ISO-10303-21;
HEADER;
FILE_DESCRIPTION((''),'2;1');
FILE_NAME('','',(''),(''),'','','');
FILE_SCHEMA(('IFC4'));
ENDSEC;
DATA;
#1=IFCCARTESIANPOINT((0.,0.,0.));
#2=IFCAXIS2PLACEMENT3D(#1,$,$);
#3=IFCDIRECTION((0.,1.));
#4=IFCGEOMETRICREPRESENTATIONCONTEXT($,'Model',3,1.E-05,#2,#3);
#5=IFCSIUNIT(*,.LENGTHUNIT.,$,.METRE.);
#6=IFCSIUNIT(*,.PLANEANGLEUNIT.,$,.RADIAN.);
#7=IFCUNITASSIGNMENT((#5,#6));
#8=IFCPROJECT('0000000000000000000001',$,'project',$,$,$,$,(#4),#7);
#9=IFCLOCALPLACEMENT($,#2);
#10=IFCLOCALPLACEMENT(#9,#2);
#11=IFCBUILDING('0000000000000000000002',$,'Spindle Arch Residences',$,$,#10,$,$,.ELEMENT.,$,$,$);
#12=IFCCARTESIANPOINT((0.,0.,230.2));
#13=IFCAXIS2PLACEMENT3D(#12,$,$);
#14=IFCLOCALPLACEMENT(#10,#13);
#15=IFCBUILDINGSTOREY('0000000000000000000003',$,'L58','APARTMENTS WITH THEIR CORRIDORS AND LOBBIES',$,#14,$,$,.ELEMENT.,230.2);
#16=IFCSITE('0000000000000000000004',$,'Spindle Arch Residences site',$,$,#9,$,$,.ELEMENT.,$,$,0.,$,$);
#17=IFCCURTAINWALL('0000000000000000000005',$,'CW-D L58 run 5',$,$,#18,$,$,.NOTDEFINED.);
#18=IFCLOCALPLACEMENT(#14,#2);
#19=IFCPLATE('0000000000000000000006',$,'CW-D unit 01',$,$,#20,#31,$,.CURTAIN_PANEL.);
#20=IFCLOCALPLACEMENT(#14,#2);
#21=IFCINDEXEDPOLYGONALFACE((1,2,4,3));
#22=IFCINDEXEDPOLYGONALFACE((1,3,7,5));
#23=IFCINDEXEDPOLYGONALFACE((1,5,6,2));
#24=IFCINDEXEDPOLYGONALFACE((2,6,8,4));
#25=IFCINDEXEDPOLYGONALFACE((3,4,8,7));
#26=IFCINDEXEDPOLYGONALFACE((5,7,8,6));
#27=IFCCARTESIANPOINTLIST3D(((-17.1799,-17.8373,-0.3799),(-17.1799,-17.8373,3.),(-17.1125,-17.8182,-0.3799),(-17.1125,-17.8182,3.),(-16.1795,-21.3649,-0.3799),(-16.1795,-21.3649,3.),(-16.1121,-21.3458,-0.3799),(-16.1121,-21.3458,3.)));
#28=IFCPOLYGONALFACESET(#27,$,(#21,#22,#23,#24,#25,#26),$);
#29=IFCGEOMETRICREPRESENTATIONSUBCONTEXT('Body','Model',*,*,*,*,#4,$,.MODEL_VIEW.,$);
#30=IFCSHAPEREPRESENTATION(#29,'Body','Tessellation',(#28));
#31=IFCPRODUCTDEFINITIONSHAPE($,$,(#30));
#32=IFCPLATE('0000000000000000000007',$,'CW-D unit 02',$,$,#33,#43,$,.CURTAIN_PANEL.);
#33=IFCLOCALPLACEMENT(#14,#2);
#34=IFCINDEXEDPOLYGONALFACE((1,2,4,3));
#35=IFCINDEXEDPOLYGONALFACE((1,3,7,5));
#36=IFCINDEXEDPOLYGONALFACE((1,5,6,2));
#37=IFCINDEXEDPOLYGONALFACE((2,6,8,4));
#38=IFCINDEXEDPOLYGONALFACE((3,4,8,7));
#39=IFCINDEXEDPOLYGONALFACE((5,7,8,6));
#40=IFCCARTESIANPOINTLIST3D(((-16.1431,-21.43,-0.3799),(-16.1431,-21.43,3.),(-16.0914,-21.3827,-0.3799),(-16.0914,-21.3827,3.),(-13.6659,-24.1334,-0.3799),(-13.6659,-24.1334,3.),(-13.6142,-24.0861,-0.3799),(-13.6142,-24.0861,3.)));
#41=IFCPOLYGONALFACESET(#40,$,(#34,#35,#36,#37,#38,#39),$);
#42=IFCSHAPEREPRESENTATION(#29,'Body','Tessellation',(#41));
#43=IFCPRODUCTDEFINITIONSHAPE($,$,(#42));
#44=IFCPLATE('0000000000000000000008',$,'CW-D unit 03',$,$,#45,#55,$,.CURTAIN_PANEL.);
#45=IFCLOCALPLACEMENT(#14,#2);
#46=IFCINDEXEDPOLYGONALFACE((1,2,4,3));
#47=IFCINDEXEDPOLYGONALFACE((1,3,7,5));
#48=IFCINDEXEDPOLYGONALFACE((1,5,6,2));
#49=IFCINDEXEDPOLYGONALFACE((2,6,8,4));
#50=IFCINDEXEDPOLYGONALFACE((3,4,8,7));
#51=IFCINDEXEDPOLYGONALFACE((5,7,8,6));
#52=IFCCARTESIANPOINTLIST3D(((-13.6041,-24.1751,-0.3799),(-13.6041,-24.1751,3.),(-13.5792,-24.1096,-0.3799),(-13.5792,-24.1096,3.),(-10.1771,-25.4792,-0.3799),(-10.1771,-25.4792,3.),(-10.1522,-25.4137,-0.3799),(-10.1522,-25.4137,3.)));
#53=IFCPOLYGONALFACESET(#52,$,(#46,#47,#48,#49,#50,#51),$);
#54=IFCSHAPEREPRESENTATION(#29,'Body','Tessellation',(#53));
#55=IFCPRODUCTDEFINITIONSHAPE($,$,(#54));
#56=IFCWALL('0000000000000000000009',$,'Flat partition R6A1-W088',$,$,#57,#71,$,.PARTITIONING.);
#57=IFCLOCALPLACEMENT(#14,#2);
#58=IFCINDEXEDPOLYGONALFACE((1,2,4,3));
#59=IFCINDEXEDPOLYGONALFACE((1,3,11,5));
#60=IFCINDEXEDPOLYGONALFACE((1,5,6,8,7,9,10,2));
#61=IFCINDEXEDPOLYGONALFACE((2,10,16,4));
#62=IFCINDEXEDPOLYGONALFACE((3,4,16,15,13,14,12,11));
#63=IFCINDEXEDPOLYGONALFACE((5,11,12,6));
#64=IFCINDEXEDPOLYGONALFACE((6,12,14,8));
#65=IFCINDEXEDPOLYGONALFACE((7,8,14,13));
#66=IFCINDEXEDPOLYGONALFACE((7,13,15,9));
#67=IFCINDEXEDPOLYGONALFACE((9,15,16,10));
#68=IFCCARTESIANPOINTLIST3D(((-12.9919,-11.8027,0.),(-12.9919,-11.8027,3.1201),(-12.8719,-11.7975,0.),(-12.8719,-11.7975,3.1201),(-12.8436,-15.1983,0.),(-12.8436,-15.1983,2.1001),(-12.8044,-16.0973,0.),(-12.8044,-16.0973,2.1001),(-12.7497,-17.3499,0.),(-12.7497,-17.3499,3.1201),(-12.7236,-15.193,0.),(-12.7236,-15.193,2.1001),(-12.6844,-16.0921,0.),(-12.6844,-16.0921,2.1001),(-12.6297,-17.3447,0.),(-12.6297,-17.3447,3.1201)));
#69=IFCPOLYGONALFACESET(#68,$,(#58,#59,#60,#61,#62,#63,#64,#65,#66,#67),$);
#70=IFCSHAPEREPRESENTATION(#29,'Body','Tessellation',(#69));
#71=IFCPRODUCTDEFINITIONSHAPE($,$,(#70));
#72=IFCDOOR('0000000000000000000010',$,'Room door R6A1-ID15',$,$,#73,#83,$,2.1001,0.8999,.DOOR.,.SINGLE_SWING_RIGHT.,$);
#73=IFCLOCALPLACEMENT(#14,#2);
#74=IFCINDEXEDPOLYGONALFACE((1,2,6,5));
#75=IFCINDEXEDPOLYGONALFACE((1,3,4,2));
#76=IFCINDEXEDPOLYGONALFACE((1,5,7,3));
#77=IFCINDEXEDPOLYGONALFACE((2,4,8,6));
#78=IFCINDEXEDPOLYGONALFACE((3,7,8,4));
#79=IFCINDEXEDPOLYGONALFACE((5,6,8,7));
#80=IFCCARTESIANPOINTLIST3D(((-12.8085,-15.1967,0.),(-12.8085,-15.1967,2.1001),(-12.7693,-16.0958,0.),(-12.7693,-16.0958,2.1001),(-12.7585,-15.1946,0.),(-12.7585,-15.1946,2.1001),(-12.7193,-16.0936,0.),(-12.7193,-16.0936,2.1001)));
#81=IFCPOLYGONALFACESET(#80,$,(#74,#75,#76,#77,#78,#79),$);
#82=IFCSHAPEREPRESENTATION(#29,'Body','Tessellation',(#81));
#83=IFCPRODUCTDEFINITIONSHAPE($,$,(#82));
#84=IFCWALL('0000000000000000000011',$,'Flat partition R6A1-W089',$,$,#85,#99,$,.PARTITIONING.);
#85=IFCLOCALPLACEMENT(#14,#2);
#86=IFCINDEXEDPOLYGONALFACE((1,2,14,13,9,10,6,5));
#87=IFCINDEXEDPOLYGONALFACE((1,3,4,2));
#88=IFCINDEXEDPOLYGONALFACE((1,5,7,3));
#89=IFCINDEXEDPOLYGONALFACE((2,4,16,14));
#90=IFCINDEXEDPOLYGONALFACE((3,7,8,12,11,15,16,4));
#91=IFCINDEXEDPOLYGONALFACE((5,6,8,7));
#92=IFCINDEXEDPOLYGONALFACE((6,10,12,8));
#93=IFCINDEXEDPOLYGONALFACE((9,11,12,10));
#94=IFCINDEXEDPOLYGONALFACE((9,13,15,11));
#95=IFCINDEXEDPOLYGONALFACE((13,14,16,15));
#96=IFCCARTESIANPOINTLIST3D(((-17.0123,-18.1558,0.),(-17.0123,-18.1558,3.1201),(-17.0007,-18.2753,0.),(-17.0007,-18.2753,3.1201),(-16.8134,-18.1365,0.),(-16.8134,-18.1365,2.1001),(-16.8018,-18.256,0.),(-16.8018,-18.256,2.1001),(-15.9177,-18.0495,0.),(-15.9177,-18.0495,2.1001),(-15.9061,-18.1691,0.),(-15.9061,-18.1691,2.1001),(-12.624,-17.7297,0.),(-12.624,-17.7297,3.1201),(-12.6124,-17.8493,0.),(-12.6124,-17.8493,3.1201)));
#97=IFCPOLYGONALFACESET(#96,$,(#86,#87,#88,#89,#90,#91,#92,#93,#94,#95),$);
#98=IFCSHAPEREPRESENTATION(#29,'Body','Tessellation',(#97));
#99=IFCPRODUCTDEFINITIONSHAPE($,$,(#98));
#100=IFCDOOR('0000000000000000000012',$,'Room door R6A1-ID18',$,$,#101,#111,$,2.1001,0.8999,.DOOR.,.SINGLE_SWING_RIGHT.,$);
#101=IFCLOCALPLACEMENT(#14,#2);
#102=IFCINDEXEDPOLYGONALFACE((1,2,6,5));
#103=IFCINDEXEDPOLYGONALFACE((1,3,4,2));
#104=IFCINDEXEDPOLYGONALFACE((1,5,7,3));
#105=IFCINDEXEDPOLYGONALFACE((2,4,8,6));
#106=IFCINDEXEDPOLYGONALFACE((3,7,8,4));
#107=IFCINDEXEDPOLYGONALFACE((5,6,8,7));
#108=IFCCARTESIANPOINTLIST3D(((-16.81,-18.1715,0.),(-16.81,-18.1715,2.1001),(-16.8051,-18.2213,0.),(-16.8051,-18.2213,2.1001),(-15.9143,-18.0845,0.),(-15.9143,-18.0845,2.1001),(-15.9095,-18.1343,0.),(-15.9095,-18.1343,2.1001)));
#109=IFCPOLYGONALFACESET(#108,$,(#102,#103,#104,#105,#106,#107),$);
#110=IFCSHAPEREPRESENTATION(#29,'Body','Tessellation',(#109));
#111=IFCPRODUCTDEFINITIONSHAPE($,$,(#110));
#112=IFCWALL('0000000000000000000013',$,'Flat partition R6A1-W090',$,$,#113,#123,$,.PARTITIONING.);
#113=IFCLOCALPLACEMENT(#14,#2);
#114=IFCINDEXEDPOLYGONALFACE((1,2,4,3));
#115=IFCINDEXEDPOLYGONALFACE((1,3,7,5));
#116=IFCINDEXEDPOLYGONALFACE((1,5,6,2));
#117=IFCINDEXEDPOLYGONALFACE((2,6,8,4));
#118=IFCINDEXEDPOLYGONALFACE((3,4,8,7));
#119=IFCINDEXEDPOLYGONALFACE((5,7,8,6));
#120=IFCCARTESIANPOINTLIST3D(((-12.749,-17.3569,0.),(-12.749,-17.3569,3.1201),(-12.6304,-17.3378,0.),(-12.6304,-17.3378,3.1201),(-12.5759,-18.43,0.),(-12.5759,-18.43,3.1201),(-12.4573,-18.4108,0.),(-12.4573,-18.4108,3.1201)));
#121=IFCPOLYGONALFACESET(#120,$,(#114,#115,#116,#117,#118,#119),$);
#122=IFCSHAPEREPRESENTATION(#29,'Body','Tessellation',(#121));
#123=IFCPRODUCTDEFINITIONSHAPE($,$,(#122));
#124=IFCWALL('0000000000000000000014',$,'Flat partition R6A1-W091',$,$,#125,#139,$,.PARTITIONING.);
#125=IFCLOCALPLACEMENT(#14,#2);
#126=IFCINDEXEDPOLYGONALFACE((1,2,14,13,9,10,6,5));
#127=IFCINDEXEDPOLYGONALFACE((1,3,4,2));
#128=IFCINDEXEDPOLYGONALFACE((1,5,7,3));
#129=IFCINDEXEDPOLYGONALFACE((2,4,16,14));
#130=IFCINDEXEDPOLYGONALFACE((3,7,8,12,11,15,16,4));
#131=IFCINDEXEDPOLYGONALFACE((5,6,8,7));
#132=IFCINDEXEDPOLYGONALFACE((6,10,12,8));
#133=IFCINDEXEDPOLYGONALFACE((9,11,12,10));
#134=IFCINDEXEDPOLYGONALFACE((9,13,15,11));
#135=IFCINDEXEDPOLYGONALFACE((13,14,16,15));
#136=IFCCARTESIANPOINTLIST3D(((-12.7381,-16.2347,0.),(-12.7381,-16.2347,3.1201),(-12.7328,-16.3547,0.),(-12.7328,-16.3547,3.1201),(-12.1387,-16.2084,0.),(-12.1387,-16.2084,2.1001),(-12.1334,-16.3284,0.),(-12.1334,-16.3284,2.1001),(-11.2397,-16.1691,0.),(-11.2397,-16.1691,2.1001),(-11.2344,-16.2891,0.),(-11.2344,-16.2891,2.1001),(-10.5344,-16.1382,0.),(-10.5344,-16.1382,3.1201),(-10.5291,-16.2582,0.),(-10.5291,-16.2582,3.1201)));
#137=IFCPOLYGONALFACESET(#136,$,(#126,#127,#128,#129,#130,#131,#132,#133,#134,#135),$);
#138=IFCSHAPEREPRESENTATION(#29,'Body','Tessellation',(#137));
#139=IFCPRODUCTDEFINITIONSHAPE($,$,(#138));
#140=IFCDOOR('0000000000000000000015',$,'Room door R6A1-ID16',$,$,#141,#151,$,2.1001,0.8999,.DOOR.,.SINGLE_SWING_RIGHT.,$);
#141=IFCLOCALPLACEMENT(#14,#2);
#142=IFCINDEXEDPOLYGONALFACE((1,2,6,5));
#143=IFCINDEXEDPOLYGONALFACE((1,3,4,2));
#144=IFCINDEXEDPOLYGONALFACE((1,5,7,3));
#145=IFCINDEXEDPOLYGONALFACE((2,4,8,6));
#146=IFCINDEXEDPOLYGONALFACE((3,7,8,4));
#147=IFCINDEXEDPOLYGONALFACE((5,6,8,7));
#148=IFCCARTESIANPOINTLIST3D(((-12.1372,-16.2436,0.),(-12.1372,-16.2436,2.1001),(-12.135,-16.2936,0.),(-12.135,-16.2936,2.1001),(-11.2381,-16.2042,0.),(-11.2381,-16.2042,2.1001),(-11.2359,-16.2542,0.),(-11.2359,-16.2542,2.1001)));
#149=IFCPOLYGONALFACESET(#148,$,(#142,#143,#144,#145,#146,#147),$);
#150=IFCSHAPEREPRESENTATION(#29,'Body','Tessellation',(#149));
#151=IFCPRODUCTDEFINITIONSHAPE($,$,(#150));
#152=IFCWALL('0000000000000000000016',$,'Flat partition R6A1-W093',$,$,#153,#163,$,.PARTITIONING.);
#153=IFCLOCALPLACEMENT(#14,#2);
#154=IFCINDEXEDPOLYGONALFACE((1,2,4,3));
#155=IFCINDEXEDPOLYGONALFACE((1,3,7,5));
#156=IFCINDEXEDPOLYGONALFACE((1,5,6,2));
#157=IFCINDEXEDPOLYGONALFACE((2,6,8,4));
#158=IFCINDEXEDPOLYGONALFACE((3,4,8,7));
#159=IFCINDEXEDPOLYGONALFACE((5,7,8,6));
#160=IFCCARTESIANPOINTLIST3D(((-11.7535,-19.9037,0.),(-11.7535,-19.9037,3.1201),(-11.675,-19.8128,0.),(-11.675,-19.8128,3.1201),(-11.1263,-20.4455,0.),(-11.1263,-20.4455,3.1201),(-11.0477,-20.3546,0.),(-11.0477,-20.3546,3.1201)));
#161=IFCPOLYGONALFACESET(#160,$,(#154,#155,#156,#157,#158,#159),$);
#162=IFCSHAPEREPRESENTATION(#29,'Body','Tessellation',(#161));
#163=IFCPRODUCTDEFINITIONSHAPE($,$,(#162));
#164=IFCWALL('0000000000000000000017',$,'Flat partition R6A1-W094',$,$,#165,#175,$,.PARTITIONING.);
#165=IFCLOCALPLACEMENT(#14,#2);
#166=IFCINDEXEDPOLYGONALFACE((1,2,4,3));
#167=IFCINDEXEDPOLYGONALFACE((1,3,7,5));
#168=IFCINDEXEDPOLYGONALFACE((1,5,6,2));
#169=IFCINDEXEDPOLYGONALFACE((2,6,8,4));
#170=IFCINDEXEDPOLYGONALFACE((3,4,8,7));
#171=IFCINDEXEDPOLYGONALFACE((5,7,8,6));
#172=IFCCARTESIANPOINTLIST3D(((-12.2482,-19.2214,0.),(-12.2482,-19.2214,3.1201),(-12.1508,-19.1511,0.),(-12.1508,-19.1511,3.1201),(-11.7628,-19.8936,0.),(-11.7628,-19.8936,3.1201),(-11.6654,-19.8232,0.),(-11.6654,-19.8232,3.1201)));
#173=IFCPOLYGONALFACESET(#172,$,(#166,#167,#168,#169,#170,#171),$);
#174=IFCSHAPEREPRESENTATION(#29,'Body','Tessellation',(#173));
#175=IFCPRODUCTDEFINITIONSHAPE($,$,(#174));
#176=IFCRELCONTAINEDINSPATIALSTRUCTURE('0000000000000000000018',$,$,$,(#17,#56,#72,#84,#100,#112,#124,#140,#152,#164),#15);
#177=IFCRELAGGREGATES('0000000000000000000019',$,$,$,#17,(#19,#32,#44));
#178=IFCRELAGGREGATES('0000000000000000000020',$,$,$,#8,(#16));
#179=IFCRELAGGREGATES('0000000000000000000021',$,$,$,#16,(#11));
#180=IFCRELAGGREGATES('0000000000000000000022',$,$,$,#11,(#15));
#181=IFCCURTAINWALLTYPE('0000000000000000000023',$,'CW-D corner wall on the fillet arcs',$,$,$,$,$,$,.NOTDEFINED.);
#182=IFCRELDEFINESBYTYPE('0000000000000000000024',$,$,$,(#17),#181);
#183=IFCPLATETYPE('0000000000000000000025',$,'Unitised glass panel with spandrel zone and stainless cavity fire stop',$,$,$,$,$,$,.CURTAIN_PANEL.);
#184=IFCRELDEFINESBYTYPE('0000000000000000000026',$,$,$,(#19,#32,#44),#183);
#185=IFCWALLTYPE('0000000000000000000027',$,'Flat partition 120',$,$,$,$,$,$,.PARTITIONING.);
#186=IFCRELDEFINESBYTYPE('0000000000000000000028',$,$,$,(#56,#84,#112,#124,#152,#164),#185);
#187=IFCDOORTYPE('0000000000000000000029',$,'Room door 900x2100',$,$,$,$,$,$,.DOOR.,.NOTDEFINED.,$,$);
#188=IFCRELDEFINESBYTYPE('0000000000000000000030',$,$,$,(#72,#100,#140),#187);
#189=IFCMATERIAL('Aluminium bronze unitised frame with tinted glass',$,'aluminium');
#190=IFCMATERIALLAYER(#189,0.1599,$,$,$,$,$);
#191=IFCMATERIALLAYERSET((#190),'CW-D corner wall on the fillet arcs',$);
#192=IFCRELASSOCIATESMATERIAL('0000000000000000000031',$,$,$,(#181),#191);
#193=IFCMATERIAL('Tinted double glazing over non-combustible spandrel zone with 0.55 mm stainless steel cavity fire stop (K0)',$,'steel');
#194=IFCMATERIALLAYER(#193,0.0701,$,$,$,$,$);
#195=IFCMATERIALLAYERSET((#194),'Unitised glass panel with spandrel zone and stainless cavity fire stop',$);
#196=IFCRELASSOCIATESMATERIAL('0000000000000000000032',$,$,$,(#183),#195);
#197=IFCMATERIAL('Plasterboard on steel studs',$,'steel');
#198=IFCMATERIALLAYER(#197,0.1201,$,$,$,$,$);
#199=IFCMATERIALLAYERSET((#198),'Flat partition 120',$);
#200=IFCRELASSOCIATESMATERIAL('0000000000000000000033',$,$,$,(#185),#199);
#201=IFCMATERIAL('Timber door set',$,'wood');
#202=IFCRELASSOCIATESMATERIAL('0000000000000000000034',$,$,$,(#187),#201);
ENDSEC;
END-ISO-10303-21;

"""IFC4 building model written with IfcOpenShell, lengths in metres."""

from ifc_helpers import new_model, si_unit, direction, frame, frame_2d, origin, origin_2d, place, context, subcontext, project, spatial, rectangle, extrude, material, layer, layer_set, type_object, element, fill, aggregate, save


model = new_model("IFC4")

# Units and contexts
model_context = context("Model", 3, precision=1e-05, world=origin(), true_north=direction((0.0, 1.0)))
body_context = subcontext(model_context, "Body", "Model", "MODEL_VIEW")
ifc_project = project(units=[si_unit("LENGTHUNIT", "METRE"), si_unit("PLANEANGLEUNIT", "RADIAN")], contexts=[model_context])

# Site, building, storey
site_placement = place(None, origin())
site = spatial("IfcSite", under=ifc_project, at=site_placement, Name="Spindle Arch Residences site", CompositionType="ELEMENT", RefElevation=0.0)
building_placement = place(site_placement, origin())
building = spatial("IfcBuilding", under=site, at=building_placement, Name="Spindle Arch Residences", CompositionType="ELEMENT")
storey_placement = place(building_placement, frame((0.0, 0.0, 230.2)))
storey = spatial("IfcBuildingStorey", under=building, at=storey_placement, Name="L58", Description="APARTMENTS WITH THEIR CORRIDORS AND LOBBIES", CompositionType="ELEMENT", Elevation=230.2)

# Curtain wall
ifc_material_1 = material(Name="Aluminium bronze unitised frame with tinted glass", Category="aluminium")
ifc_layer_1 = layer(ifc_material_1, 0.1599)
ifc_layer_set_1 = layer_set([ifc_layer_1], Name="CW-D corner wall on the fillet arcs")
curtain_wall_type = type_object("IfcCurtainWallType", Name="CW-D corner wall on the fillet arcs", PredefinedType="NOTDEFINED", material=ifc_layer_set_1)
curtain_wall_placement = place(storey_placement, origin())
curtain_wall = element("IfcCurtainWall", 1, at=curtain_wall_placement, inside=storey, type_object=curtain_wall_type, Name="CW-D L58 run 5", PredefinedType="NOTDEFINED")

# Plates
ifc_material_2 = material(Name="Tinted double glazing over non-combustible spandrel zone with 0.55 mm stainless steel cavity fire stop (K0)", Category="steel")
ifc_layer_2 = layer(ifc_material_2, 0.0701)
ifc_layer_set_2 = layer_set([ifc_layer_2], Name="Unitised glass panel with spandrel zone and stainless cavity fire stop")
plate_type = type_object("IfcPlateType", Name="Unitised glass panel with spandrel zone and stainless cavity fire stop", PredefinedType="CURTAIN_PANEL", material=ifc_layer_set_2)
plate_1_placement = place(storey_placement, frame((-16.646, -19.5916, -0.3799), z_axis=(0.0, 0.0, 1.0), x_axis=(0.27284, -0.962059, 0.0)))
plate_1 = element("IfcPlate", 2, at=plate_1_placement, type_object=plate_type, Name="CW-D unit 01", PredefinedType="CURTAIN_PANEL", context=body_context, shape_type="SweptSolid", body=[
    extrude(rectangle(XDim=3.6667, YDim=0.0701, at=origin_2d()), origin(), (0.0, 0.0, 1.0), 3.3799),
])
plate_2_placement = place(storey_placement, frame((-14.8787, -22.7581, -0.3799), z_axis=(0.0, 0.0, 1.0), x_axis=(0.67559, -0.737277, 0.0)))
plate_2 = element("IfcPlate", 3, at=plate_2_placement, type_object=plate_type, Name="CW-D unit 02", PredefinedType="CURTAIN_PANEL", context=body_context, shape_type="SweptSolid", body=[
    extrude(rectangle(XDim=3.6667, YDim=0.0701, at=origin_2d()), origin(), (0.0, 0.0, 1.0), 3.3799),
])
plate_3_placement = place(storey_placement, frame((-11.8782, -24.7944, -0.3799), z_axis=(0.0, 0.0, 1.0), x_axis=(0.934619, -0.355651, 0.0)))
plate_3 = element("IfcPlate", 4, at=plate_3_placement, type_object=plate_type, Name="CW-D unit 03", PredefinedType="CURTAIN_PANEL", context=body_context, shape_type="SweptSolid", body=[
    extrude(rectangle(XDim=3.6667, YDim=0.0701, at=origin_2d()), origin(), (0.0, 0.0, 1.0), 3.3799),
])
aggregate(curtain_wall, [plate_1, plate_2, plate_3])

# Walls, openings, doors
ifc_material_3 = material(Name="Plasterboard on steel studs", Category="steel")
ifc_layer_3 = layer(ifc_material_3, 0.1201)
ifc_layer_set_3 = layer_set([ifc_layer_3], Name="Flat partition 120")
wall_type_1 = type_object("IfcWallType", Name="Flat partition 120", PredefinedType="PARTITIONING", material=ifc_layer_set_3)
wall_1_placement = place(storey_placement, frame((-12.6897, -17.3474, 0.0), z_axis=(0.0, 0.0, 1.0), x_axis=(-0.043618, 0.999048, 0.0)))
wall_1 = element("IfcWall", 5, at=wall_1_placement, inside=storey, type_object=wall_type_1, Name="Flat partition R6A1-W088", PredefinedType="PARTITIONING", context=body_context, shape_type="SweptSolid", body=[
    extrude(rectangle(XDim=5.5525, YDim=0.1201, at=frame_2d((2.7764, 0.0))), origin(), (0.0, 0.0, 1.0), 3.1201),
])
opening_1_placement = place(wall_1_placement, frame((1.2539, 0.0, 0.0)))
opening_1 = element("IfcOpeningElement", 6, at=opening_1_placement, cuts=wall_1, PredefinedType="OPENING", context=body_context, shape_type="SweptSolid", body=[
    extrude(rectangle(XDim=0.8999, YDim=2.1001, at=frame_2d((0.45, 1.05))), frame((0.0, 0.0701, 0.0), z_axis=(0.0, -1.0, 0.0), x_axis=(1.0, 0.0, 0.0)), (0.0, 0.0, 1.0), 0.1401),
])
ifc_material_4 = material(Name="Timber door set", Category="wood")
door_type = type_object("IfcDoorType", Name="Room door 900x2100", OperationType="NOTDEFINED", PredefinedType="DOOR", material=ifc_material_4)
door_1_placement = place(opening_1_placement, origin())
door_1 = element("IfcDoor", 7, at=door_1_placement, inside=storey, type_object=door_type, Name="Room door R6A1-ID15", OperationType="SINGLE_SWING_RIGHT", OverallHeight=2.1001, OverallWidth=0.8999, PredefinedType="DOOR", context=body_context, shape_type="SweptSolid", body=[
    extrude(rectangle(XDim=0.8999, YDim=2.1001, at=frame_2d((0.45, 1.05))), frame((0.0, 0.0249, 0.0), z_axis=(0.0, -1.0, 0.0), x_axis=(1.0, 0.0, 0.0)), (0.0, 0.0, 1.0), 0.05),
])
fill(opening_1, door_1)
wall_2_placement = place(storey_placement, frame((-17.0066, -18.2156, 0.0), z_axis=(0.0, 0.0, 1.0), x_axis=(0.99532, 0.09663, 0.0)))
wall_2 = element("IfcWall", 8, at=wall_2_placement, inside=storey, type_object=wall_type_1, Name="Flat partition R6A1-W089", PredefinedType="PARTITIONING", context=body_context, shape_type="SweptSolid", body=[
    extrude(rectangle(XDim=4.4089, YDim=0.1201, at=frame_2d((2.2046, 0.0))), origin(), (0.0, 0.0, 1.0), 3.1201),
])
opening_2_placement = place(wall_2_placement, frame((0.2, 0.0, 0.0)))
opening_2 = element("IfcOpeningElement", 9, at=opening_2_placement, cuts=wall_2, PredefinedType="OPENING", context=body_context, shape_type="SweptSolid", body=[
    extrude(rectangle(XDim=0.8999, YDim=2.1001, at=frame_2d((0.45, 1.05))), frame((0.0, 0.0701, 0.0), z_axis=(0.0, -1.0, 0.0), x_axis=(1.0, 0.0, 0.0)), (0.0, 0.0, 1.0), 0.1401),
])
door_2_placement = place(opening_2_placement, origin())
door_2 = element("IfcDoor", 10, at=door_2_placement, inside=storey, type_object=door_type, Name="Room door R6A1-ID18", OperationType="SINGLE_SWING_RIGHT", OverallHeight=2.1001, OverallWidth=0.8999, PredefinedType="DOOR", context=body_context, shape_type="SweptSolid", body=[
    extrude(rectangle(XDim=0.8999, YDim=2.1001, at=frame_2d((0.45, 1.05))), frame((0.0, 0.0249, 0.0), z_axis=(0.0, -1.0, 0.0), x_axis=(1.0, 0.0, 0.0)), (0.0, 0.0, 1.0), 0.05),
])
fill(opening_2, door_2)

# Wall
wall_3_placement = place(storey_placement, frame((-12.5166, -18.4204, 0.0), z_axis=(0.0, 0.0, 1.0), x_axis=(-0.159261, 0.987237, 0.0)))
element("IfcWall", 11, at=wall_3_placement, inside=storey, type_object=wall_type_1, Name="Flat partition R6A1-W090", PredefinedType="PARTITIONING", context=body_context, shape_type="SweptSolid", body=[
    extrude(rectangle(XDim=1.0869, YDim=0.1201, at=frame_2d((0.5435, 0.0))), origin(), (0.0, 0.0, 1.0), 3.1201),
])

# Wall, opening, door
wall_4_placement = place(storey_placement, frame((-12.7356, -16.2947, 0.0), z_axis=(0.0, 0.0, 1.0), x_axis=(0.999044, 0.043721, 0.0)))
wall_4 = element("IfcWall", 12, at=wall_4_placement, inside=storey, type_object=wall_type_1, Name="Flat partition R6A1-W091", PredefinedType="PARTITIONING", context=body_context, shape_type="SweptSolid", body=[
    extrude(rectangle(XDim=2.2058, YDim=0.1201, at=frame_2d((1.103, 0.0))), origin(), (0.0, 0.0, 1.0), 3.1201),
])
opening_3_placement = place(wall_4_placement, frame((0.6001, 0.0, 0.0)))
opening_3 = element("IfcOpeningElement", 13, at=opening_3_placement, cuts=wall_4, PredefinedType="OPENING", context=body_context, shape_type="SweptSolid", body=[
    extrude(rectangle(XDim=0.8999, YDim=2.1001, at=frame_2d((0.45, 1.05))), frame((0.0, 0.0701, 0.0), z_axis=(0.0, -1.0, 0.0), x_axis=(1.0, 0.0, 0.0)), (0.0, 0.0, 1.0), 0.1401),
])
door_3_placement = place(opening_3_placement, origin())
door_3 = element("IfcDoor", 14, at=door_3_placement, inside=storey, type_object=door_type, Name="Room door R6A1-ID16", OperationType="SINGLE_SWING_RIGHT", OverallHeight=2.1001, OverallWidth=0.8999, PredefinedType="DOOR", context=body_context, shape_type="SweptSolid", body=[
    extrude(rectangle(XDim=0.8999, YDim=2.1001, at=frame_2d((0.45, 1.05))), frame((0.0, 0.0249, 0.0), z_axis=(0.0, -1.0, 0.0), x_axis=(1.0, 0.0, 0.0)), (0.0, 0.0, 1.0), 0.05),
])
fill(opening_3, door_3)

# Walls
wall_5_placement = place(storey_placement, frame((-11.0869, -20.4001, 0.0), z_axis=(0.0, 0.0, 1.0), x_axis=(-0.756777, 0.653674, 0.0)))
element("IfcWall", 15, at=wall_5_placement, inside=storey, type_object=wall_type_1, Name="Flat partition R6A1-W093", PredefinedType="PARTITIONING", context=body_context, shape_type="SweptSolid", body=[
    extrude(rectangle(XDim=0.8289, YDim=0.1201, at=frame_2d((0.4146, 0.0))), origin(), (0.0, 0.0, 1.0), 3.1201),
])
wall_6_placement = place(storey_placement, frame((-11.7141, -19.8584, 0.0), z_axis=(0.0, 0.0, 1.0), x_axis=(-0.585437, 0.810718, 0.0)))
element("IfcWall", 16, at=wall_6_placement, inside=storey, type_object=wall_type_1, Name="Flat partition R6A1-W094", PredefinedType="PARTITIONING", context=body_context, shape_type="SweptSolid", body=[
    extrude(rectangle(XDim=0.8291, YDim=0.1201, at=frame_2d((0.4146, 0.0))), origin(), (0.0, 0.0, 1.0), 3.1201),
])

save(model, "model.ifc")
